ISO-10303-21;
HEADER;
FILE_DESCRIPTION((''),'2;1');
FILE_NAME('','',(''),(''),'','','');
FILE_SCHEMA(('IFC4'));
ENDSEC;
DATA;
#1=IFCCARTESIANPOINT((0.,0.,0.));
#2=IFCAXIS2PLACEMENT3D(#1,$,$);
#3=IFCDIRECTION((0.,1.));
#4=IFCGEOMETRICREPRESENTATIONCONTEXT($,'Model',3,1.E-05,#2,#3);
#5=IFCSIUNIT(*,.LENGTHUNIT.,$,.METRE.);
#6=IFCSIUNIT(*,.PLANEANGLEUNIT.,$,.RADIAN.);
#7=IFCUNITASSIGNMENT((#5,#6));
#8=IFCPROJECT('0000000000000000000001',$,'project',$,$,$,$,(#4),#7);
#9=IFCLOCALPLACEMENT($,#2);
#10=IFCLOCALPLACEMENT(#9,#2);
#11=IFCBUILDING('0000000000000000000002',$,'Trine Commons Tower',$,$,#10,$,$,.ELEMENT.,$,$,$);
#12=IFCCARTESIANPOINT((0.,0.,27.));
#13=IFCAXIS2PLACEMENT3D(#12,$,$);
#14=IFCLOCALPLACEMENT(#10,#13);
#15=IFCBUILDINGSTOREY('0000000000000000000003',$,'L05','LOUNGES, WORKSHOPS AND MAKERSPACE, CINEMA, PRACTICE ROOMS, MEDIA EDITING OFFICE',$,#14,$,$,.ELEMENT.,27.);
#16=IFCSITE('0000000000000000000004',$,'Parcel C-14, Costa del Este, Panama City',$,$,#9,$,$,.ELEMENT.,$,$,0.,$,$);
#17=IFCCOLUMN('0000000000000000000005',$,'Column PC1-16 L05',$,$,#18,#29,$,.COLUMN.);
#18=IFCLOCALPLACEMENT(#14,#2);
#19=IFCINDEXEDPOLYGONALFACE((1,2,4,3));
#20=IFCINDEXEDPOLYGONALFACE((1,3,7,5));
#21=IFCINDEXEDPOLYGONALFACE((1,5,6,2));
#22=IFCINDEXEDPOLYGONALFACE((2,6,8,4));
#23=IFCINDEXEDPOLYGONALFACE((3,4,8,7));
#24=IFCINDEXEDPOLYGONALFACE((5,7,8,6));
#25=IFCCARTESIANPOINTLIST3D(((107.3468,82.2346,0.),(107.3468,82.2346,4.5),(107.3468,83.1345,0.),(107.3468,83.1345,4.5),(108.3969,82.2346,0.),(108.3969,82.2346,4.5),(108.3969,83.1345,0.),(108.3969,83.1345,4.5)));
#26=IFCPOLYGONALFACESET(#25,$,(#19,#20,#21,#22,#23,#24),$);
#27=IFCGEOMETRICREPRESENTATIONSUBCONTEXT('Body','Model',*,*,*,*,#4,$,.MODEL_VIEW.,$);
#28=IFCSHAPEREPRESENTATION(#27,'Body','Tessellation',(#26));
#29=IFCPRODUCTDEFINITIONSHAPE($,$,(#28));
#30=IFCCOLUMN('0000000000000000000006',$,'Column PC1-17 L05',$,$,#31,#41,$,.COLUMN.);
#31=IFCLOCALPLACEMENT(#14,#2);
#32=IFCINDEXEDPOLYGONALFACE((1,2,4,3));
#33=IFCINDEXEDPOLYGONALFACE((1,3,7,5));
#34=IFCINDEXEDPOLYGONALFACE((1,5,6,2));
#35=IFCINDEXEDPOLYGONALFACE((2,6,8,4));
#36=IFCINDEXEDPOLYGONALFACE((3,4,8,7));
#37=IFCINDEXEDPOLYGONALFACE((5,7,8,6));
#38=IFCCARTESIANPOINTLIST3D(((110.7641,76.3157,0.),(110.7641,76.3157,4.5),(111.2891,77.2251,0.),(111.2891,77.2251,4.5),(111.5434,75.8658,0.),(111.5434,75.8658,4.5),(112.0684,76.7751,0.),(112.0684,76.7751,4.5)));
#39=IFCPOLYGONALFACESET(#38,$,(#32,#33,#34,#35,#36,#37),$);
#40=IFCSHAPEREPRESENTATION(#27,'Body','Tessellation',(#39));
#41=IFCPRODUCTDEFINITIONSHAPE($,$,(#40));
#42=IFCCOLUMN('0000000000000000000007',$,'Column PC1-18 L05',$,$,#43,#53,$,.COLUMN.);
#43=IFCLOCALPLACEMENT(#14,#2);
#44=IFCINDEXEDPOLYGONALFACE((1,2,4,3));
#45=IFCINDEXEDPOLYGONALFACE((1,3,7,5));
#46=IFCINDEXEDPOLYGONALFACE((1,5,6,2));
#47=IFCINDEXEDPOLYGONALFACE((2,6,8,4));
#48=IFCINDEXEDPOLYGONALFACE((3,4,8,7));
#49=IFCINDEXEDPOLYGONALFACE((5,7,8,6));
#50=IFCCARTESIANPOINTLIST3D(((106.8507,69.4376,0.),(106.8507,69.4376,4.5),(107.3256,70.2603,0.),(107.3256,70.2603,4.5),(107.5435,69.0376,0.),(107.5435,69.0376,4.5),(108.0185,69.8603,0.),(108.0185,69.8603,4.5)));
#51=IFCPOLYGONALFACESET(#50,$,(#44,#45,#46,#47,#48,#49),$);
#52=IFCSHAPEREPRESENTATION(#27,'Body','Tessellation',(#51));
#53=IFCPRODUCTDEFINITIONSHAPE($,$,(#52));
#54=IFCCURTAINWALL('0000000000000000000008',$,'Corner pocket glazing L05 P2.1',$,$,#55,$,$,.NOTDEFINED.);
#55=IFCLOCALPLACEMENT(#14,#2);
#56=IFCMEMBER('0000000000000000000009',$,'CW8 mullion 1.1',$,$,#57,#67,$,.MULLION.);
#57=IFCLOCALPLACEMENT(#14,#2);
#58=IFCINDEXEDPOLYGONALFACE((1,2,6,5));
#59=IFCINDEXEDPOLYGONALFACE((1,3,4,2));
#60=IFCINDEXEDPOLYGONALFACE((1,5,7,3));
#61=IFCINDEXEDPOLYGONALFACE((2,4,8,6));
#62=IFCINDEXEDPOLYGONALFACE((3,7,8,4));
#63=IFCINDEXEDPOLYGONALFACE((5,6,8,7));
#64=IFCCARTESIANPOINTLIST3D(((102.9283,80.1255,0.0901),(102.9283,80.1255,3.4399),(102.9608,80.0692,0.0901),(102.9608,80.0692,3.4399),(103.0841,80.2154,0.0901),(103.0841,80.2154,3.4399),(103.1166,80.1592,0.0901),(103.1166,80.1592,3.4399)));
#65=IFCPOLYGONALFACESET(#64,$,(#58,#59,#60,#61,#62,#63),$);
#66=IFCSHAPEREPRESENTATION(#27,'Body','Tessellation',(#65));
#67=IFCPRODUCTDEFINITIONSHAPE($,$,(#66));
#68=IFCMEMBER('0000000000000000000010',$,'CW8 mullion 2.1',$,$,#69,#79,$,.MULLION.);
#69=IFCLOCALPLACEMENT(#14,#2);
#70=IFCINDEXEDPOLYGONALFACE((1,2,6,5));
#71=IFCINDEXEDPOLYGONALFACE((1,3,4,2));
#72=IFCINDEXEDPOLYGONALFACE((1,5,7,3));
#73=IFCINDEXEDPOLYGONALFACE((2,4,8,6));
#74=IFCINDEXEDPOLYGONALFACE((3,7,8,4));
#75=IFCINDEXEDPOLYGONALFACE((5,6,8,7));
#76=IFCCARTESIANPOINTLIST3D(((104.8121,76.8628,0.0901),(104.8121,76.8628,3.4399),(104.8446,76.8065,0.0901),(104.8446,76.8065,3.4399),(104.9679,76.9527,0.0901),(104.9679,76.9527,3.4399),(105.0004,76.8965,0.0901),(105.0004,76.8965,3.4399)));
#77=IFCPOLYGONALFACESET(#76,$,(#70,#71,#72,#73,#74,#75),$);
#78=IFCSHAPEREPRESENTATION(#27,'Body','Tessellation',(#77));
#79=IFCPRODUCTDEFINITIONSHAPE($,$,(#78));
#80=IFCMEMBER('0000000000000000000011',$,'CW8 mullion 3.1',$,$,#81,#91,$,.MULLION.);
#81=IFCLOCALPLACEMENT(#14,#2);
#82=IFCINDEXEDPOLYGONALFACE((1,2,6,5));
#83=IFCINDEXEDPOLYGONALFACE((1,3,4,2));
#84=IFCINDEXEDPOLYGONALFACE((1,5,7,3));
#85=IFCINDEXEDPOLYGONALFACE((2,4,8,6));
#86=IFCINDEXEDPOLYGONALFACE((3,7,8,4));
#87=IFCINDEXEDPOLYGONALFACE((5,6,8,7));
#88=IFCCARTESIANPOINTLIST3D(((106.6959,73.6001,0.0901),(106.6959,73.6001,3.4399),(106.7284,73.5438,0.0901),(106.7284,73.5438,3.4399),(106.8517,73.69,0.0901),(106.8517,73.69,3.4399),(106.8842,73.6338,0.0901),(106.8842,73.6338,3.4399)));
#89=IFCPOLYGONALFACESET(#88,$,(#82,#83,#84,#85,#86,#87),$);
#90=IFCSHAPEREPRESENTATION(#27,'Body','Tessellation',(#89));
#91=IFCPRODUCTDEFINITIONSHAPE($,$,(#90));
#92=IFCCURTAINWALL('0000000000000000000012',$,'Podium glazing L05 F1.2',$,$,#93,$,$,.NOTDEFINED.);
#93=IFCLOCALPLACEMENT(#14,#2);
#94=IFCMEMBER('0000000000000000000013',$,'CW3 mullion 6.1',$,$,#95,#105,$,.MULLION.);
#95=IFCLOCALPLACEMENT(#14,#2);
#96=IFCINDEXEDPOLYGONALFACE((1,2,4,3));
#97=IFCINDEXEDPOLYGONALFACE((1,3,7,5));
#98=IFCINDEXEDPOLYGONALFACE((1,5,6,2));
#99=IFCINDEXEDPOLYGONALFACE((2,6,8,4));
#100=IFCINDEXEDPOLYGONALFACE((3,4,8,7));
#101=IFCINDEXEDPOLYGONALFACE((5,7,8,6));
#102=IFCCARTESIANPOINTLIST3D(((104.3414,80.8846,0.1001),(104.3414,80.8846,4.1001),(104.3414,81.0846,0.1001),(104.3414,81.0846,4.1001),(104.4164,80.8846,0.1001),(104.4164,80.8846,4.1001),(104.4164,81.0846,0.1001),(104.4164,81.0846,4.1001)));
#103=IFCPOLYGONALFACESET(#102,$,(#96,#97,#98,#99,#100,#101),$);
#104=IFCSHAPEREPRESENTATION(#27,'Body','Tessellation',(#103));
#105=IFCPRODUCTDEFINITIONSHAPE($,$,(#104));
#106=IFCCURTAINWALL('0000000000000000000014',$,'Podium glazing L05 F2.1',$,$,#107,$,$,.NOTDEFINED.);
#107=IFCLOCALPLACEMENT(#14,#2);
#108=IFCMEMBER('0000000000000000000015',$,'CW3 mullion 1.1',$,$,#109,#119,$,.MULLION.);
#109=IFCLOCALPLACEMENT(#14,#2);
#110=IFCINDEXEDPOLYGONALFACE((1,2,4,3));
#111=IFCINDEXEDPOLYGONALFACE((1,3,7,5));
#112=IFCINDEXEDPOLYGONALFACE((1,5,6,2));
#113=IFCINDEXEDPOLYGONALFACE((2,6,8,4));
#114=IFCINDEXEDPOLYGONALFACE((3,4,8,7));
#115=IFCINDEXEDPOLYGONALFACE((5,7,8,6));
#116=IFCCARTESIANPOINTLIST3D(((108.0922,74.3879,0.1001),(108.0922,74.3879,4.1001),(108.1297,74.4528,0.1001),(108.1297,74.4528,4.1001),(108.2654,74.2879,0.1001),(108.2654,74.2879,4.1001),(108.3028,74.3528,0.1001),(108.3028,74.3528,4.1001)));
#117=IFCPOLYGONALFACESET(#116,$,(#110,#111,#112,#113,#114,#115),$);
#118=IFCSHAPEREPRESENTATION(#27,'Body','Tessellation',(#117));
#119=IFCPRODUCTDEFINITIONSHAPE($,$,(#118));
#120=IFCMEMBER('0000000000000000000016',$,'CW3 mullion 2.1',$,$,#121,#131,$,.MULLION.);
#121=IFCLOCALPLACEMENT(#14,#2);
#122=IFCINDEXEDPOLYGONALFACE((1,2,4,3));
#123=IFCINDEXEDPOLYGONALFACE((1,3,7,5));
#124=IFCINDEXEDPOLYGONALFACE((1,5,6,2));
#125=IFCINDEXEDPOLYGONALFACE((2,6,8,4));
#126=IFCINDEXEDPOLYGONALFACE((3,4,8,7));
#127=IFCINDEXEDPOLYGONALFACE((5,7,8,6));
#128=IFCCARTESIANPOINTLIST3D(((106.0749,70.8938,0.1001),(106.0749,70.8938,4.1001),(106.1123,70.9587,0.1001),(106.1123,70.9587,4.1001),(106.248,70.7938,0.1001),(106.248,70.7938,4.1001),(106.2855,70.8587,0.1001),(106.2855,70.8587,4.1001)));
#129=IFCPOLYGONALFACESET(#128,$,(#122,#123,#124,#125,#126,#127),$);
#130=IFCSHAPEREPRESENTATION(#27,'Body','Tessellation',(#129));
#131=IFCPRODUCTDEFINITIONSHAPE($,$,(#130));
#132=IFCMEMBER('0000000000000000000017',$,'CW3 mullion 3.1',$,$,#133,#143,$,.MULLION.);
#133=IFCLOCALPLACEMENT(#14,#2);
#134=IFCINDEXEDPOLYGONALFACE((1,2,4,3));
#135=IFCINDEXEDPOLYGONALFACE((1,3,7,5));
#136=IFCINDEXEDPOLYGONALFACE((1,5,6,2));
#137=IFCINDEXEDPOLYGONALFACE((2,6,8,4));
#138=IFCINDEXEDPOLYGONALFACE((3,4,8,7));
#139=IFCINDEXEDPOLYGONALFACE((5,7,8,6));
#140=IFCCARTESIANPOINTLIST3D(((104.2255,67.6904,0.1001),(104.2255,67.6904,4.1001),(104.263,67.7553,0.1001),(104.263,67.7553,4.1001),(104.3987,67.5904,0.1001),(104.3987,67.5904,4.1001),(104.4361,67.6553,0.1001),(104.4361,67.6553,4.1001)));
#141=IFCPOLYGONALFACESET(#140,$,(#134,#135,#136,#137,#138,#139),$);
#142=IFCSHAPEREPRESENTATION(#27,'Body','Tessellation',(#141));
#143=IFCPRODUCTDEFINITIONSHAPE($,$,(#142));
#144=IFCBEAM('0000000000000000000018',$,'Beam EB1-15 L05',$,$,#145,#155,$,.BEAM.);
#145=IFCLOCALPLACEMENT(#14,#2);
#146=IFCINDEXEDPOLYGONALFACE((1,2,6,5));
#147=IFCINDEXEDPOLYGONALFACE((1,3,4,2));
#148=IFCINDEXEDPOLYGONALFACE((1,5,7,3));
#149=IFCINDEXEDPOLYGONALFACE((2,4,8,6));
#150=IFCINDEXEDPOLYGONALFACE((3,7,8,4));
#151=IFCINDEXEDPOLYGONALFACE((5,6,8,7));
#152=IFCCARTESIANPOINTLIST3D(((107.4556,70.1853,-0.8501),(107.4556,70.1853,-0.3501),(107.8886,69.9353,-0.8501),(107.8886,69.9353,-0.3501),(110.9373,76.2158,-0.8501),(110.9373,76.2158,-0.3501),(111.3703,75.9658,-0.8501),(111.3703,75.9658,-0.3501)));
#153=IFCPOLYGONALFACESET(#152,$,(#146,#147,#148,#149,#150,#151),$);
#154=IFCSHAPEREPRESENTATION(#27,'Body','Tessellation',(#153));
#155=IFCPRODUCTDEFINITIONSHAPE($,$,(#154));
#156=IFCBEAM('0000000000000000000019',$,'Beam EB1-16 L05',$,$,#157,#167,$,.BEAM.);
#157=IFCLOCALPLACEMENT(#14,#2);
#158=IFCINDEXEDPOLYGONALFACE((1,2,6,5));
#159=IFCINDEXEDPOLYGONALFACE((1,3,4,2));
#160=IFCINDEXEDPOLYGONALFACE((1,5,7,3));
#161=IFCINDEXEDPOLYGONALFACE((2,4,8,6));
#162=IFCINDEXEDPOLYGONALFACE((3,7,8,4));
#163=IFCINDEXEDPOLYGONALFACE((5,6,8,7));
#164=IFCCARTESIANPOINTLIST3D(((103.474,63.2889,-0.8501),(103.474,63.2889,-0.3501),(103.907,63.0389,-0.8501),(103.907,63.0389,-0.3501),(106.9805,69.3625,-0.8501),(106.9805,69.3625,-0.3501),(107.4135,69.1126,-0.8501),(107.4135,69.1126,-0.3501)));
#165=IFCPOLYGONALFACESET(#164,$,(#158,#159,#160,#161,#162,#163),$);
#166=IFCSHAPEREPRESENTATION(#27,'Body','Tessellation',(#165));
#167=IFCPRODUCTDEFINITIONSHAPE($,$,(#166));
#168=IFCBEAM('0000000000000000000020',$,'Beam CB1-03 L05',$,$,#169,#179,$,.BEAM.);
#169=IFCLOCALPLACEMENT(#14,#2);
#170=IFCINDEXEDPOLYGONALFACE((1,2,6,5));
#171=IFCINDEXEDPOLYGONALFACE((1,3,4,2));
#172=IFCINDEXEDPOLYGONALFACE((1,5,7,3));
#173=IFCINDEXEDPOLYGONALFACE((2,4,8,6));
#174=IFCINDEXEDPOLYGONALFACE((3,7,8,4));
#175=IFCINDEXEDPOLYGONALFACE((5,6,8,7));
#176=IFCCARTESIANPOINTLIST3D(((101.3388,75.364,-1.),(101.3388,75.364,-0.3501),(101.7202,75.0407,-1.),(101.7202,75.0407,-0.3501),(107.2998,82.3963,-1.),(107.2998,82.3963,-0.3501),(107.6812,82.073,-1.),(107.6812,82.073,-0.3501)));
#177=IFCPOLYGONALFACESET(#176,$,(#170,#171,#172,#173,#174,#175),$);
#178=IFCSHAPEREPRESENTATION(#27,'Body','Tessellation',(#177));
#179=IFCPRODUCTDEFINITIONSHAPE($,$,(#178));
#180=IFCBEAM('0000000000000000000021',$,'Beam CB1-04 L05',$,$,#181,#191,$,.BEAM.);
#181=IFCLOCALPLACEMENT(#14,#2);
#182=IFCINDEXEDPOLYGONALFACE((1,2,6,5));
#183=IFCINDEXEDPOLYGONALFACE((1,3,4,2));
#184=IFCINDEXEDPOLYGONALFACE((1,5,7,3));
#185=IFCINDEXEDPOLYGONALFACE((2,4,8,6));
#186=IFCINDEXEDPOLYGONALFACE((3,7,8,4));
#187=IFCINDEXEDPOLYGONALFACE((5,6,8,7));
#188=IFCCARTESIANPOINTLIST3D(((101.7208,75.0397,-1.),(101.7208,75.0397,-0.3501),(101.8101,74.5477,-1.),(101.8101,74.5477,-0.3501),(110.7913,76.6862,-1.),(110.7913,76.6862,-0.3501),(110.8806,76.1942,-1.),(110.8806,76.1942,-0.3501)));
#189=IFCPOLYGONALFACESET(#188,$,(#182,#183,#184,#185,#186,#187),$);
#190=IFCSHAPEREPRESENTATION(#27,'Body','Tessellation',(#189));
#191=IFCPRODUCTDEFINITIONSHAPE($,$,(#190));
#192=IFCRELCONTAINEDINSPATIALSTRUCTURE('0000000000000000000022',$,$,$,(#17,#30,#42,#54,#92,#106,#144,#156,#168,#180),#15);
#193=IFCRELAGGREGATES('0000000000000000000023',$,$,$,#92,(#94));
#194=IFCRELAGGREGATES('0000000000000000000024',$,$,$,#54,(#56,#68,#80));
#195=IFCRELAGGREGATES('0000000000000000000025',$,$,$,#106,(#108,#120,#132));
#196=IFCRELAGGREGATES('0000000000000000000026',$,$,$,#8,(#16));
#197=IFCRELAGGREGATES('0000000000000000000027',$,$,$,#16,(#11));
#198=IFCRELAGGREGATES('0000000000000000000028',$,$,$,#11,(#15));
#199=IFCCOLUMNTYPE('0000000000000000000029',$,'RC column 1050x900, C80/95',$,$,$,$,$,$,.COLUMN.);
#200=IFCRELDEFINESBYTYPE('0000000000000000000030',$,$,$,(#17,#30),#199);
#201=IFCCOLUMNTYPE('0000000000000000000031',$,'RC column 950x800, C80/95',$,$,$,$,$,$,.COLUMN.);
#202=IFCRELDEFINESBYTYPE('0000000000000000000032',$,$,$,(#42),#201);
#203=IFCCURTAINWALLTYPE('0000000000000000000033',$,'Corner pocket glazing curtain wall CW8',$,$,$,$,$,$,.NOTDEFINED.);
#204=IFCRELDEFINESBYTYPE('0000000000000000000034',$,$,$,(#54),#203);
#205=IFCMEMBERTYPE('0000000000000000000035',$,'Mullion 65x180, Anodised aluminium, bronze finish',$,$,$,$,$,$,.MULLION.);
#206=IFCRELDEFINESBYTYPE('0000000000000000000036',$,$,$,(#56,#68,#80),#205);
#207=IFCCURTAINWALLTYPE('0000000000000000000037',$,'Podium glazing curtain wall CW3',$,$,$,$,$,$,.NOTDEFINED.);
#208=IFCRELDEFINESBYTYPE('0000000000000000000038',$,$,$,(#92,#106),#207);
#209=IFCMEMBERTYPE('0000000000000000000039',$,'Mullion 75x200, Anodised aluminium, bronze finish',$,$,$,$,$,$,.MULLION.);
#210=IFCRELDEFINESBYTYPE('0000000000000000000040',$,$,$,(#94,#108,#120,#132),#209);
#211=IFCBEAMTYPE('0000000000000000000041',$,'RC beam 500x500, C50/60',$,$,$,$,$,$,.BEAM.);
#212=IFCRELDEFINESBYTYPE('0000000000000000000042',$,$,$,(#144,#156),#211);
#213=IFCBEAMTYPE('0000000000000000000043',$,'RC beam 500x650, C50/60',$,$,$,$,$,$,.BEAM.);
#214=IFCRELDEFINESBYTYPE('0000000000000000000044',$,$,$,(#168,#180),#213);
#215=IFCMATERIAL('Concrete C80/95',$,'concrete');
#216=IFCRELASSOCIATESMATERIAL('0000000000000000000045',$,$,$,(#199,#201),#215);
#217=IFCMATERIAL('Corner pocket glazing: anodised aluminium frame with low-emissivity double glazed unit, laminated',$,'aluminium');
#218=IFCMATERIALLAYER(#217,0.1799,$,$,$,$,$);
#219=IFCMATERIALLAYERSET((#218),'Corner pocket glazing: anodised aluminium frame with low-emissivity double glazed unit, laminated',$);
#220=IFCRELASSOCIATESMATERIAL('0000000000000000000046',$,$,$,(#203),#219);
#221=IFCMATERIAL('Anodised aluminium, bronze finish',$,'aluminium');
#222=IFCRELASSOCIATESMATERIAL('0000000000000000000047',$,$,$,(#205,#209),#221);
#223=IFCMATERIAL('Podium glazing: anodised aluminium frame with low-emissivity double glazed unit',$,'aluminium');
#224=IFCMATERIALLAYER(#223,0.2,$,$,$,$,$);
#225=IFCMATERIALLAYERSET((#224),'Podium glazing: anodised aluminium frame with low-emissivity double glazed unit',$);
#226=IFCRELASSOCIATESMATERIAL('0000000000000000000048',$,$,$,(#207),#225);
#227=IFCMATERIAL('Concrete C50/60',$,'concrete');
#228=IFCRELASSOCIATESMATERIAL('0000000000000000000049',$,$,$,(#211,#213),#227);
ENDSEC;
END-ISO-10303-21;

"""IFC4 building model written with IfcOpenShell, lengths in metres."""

from ifc_helpers import new_model, si_unit, direction, frame, origin, origin_2d, place, context, subcontext, project, spatial, rectangle, extrude, material, layer, layer_set, material_profile, profile_set, type_object, element, aggregate, save


model = new_model("IFC4")

# Units and contexts
model_context = context("Model", 3, precision=1e-05, world=origin(), true_north=direction((0.0, 1.0)))
body_context = subcontext(model_context, "Body", "Model", "MODEL_VIEW")
ifc_project = project(units=[si_unit("LENGTHUNIT", "METRE"), si_unit("PLANEANGLEUNIT", "RADIAN")], contexts=[model_context])

# Site, building, storey
site_placement = place(None, origin())
site = spatial("IfcSite", under=ifc_project, at=site_placement, Name="Parcel C-14, Costa del Este, Panama City", CompositionType="ELEMENT", RefElevation=0.0)
building_placement = place(site_placement, origin())
building = spatial("IfcBuilding", under=site, at=building_placement, Name="Trine Commons Tower", CompositionType="ELEMENT")
storey_placement = place(building_placement, frame((0.0, 0.0, 27.0)))
storey = spatial("IfcBuildingStorey", under=building, at=storey_placement, Name="L05", Description="LOUNGES, WORKSHOPS AND MAKERSPACE, CINEMA, PRACTICE ROOMS, MEDIA EDITING OFFICE", CompositionType="ELEMENT", Elevation=27.0)

# Columns
ifc_material_1 = material(Name="Concrete C80/95", Category="concrete")
ifc_material_profile_1 = material_profile(ifc_material_1, rectangle(XDim=1.05, YDim=0.8999, at=origin_2d()), Name="RC 1050x900")
ifc_profile_set_1 = profile_set([ifc_material_profile_1], Name="Concrete C80/95")
column_type_1 = type_object("IfcColumnType", Name="RC column 1050x900, C80/95", PredefinedType="COLUMN", material=ifc_profile_set_1)
for number, where, z_axis, x_axis, name in (
    (1, (107.8718, 82.6846, 0.0), (0.0, 0.0, 1.0), (1.0, 0.0, 0.0), "Column PC1-16 L05"),
    (2, (111.4163, 76.5454, 0.0), (0.0, 0.0, 1.0), (0.5, 0.866025, 0.0), "Column PC1-17 L05"),
):
    element("IfcColumn", number, at=place(storey_placement, frame(where, z_axis=z_axis, x_axis=x_axis)), inside=storey, type_object=column_type_1, Name=name, PredefinedType="COLUMN", context=body_context, shape_type="SweptSolid", body=[
        extrude(rectangle(XDim=1.05, YDim=0.8999, at=origin_2d()), origin(), (0.0, 0.0, 1.0), 4.5),
    ])
ifc_material_profile_2 = material_profile(ifc_material_1, rectangle(XDim=0.95, YDim=0.8, at=origin_2d()), Name="RC 950x800")
ifc_profile_set_2 = profile_set([ifc_material_profile_2], Name="Concrete C80/95")
column_type_2 = type_object("IfcColumnType", Name="RC column 950x800, C80/95", PredefinedType="COLUMN", material=ifc_profile_set_2)
column_placement = place(storey_placement, frame((107.4346, 69.6489, 0.0), z_axis=(0.0, 0.0, 1.0), x_axis=(0.5, 0.866025, 0.0)))
element("IfcColumn", 3, at=column_placement, inside=storey, type_object=column_type_2, Name="Column PC1-18 L05", PredefinedType="COLUMN", context=body_context, shape_type="SweptSolid", body=[
    extrude(rectangle(XDim=0.95, YDim=0.8, at=origin_2d()), origin(), (0.0, 0.0, 1.0), 4.5),
])

# Curtain wall, members
ifc_material_2 = material(Name="Corner pocket glazing: anodised aluminium frame with low-emissivity double glazed unit, laminated", Category="aluminium")
ifc_layer_1 = layer(ifc_material_2, 0.1799)
ifc_layer_set_1 = layer_set([ifc_layer_1], Name="Corner pocket glazing: anodised aluminium frame with low-emissivity double glazed unit, laminated")
curtain_wall_type_1 = type_object("IfcCurtainWallType", Name="Corner pocket glazing curtain wall CW8", PredefinedType="NOTDEFINED", material=ifc_layer_set_1)
curtain_wall_1_placement = place(storey_placement, origin())
curtain_wall_1 = element("IfcCurtainWall", 4, at=curtain_wall_1_placement, inside=storey, type_object=curtain_wall_type_1, Name="Corner pocket glazing L05 P2.1", PredefinedType="NOTDEFINED")
ifc_material_3 = material(Name="Anodised aluminium, bronze finish", Category="aluminium")
ifc_material_profile_3 = material_profile(ifc_material_3, rectangle(XDim=0.1799, YDim=0.0649, at=origin_2d()), Name="Mullion 65x180")
ifc_profile_set_3 = profile_set([ifc_material_profile_3], Name="Anodised aluminium, bronze finish")
member_type_1 = type_object("IfcMemberType", Name="Mullion 65x180, Anodised aluminium, bronze finish", PredefinedType="MULLION", material=ifc_profile_set_3)
member_1_placement = place(storey_placement, frame((103.0225, 80.1423, 0.0901), z_axis=(0.0, 0.0, 1.0), x_axis=(0.866025, 0.5, 0.0)))
member_1 = element("IfcMember", 5, at=member_1_placement, type_object=member_type_1, Name="CW8 mullion 1.1", PredefinedType="MULLION", context=body_context, shape_type="SweptSolid", body=[
    extrude(rectangle(XDim=0.1799, YDim=0.0649, at=origin_2d()), origin(), (0.0, 0.0, 1.0), 3.3499),
])
member_2_placement = place(storey_placement, frame((104.9062, 76.8796, 0.0901), z_axis=(0.0, 0.0, 1.0), x_axis=(0.866025, 0.5, 0.0)))
member_2 = element("IfcMember", 6, at=member_2_placement, type_object=member_type_1, Name="CW8 mullion 2.1", PredefinedType="MULLION", context=body_context, shape_type="SweptSolid", body=[
    extrude(rectangle(XDim=0.1799, YDim=0.0649, at=origin_2d()), origin(), (0.0, 0.0, 1.0), 3.3499),
])
member_3_placement = place(storey_placement, frame((106.79, 73.6169, 0.0901), z_axis=(0.0, 0.0, 1.0), x_axis=(0.866025, 0.5, 0.0)))
member_3 = element("IfcMember", 7, at=member_3_placement, type_object=member_type_1, Name="CW8 mullion 3.1", PredefinedType="MULLION", context=body_context, shape_type="SweptSolid", body=[
    extrude(rectangle(XDim=0.1799, YDim=0.0649, at=origin_2d()), origin(), (0.0, 0.0, 1.0), 3.3499),
])

# Curtain wall, member
ifc_material_4 = material(Name="Podium glazing: anodised aluminium frame with low-emissivity double glazed unit", Category="aluminium")
ifc_layer_2 = layer(ifc_material_4, 0.2)
ifc_layer_set_2 = layer_set([ifc_layer_2], Name="Podium glazing: anodised aluminium frame with low-emissivity double glazed unit")
curtain_wall_type_2 = type_object("IfcCurtainWallType", Name="Podium glazing curtain wall CW3", PredefinedType="NOTDEFINED", material=ifc_layer_set_2)
curtain_wall_2_placement = place(storey_placement, origin())
curtain_wall_2 = element("IfcCurtainWall", 8, at=curtain_wall_2_placement, inside=storey, type_object=curtain_wall_type_2, Name="Podium glazing L05 F1.2", PredefinedType="NOTDEFINED")
ifc_material_profile_4 = material_profile(ifc_material_3, rectangle(XDim=0.2, YDim=0.075, at=origin_2d()), Name="Mullion 75x200")
ifc_profile_set_4 = profile_set([ifc_material_profile_4], Name="Anodised aluminium, bronze finish")
member_type_2 = type_object("IfcMemberType", Name="Mullion 75x200, Anodised aluminium, bronze finish", PredefinedType="MULLION", material=ifc_profile_set_4)
member_4_placement = place(storey_placement, frame((104.3789, 80.9846, 0.1001), z_axis=(0.0, 0.0, 1.0), x_axis=(0.0, 1.0, 0.0)))
member_4 = element("IfcMember", 9, at=member_4_placement, type_object=member_type_2, Name="CW3 mullion 6.1", PredefinedType="MULLION", context=body_context, shape_type="SweptSolid", body=[
    extrude(rectangle(XDim=0.2, YDim=0.075, at=origin_2d()), origin(), (0.0, 0.0, 1.0), 4.0),
])
aggregate(curtain_wall_2, [member_4])

# Curtain wall, members
curtain_wall_3_placement = place(storey_placement, origin())
curtain_wall_3 = element("IfcCurtainWall", 10, at=curtain_wall_3_placement, inside=storey, type_object=curtain_wall_type_2, Name="Podium glazing L05 F2.1", PredefinedType="NOTDEFINED")
member_5_placement = place(storey_placement, frame((108.1975, 74.3704, 0.1001), z_axis=(0.0, 0.0, 1.0), x_axis=(0.866025, -0.5, 0.0)))
member_5 = element("IfcMember", 11, at=member_5_placement, type_object=member_type_2, Name="CW3 mullion 1.1", PredefinedType="MULLION", context=body_context, shape_type="SweptSolid", body=[
    extrude(rectangle(XDim=0.2, YDim=0.075, at=origin_2d()), origin(), (0.0, 0.0, 1.0), 4.0),
])
member_6_placement = place(storey_placement, frame((106.1802, 70.8762, 0.1001), z_axis=(0.0, 0.0, 1.0), x_axis=(0.866025, -0.5, 0.0)))
member_6 = element("IfcMember", 12, at=member_6_placement, type_object=member_type_2, Name="CW3 mullion 2.1", PredefinedType="MULLION", context=body_context, shape_type="SweptSolid", body=[
    extrude(rectangle(XDim=0.2, YDim=0.075, at=origin_2d()), origin(), (0.0, 0.0, 1.0), 4.0),
])
member_7_placement = place(storey_placement, frame((104.3308, 67.6729, 0.1001), z_axis=(0.0, 0.0, 1.0), x_axis=(0.866025, -0.5, 0.0)))
member_7 = element("IfcMember", 13, at=member_7_placement, type_object=member_type_2, Name="CW3 mullion 3.1", PredefinedType="MULLION", context=body_context, shape_type="SweptSolid", body=[
    extrude(rectangle(XDim=0.2, YDim=0.075, at=origin_2d()), origin(), (0.0, 0.0, 1.0), 4.0),
])

# Beams
ifc_material_5 = material(Name="Concrete C50/60", Category="concrete")
ifc_material_profile_5 = material_profile(ifc_material_5, rectangle(XDim=0.5, YDim=0.5, at=origin_2d()), Name="RC 500x500")
ifc_profile_set_5 = profile_set([ifc_material_profile_5], Name="Concrete C50/60")
beam_type_1 = type_object("IfcBeamType", Name="RC beam 500x500, C50/60", PredefinedType="BEAM", material=ifc_profile_set_5)
beam_1_placement = place(storey_placement, frame((111.1538, 76.0908, -0.6001), z_axis=(-0.499997, -0.866027, 0.0), x_axis=(0.866027, -0.499997, 0.0)))
element("IfcBeam", 14, at=beam_1_placement, inside=storey, type_object=beam_type_1, Name="Beam EB1-15 L05", PredefinedType="BEAM", context=body_context, shape_type="SweptSolid", body=[
    extrude(rectangle(XDim=0.5, YDim=0.5, at=origin_2d()), origin(), (0.0, 0.0, 1.0), 6.9634),
])
beam_2_placement = place(storey_placement, frame((107.197, 69.2375, -0.6001), z_axis=(-0.499992, -0.86603, 0.0), x_axis=(0.86603, -0.499992, 0.0)))
element("IfcBeam", 15, at=beam_2_placement, inside=storey, type_object=beam_type_1, Name="Beam EB1-16 L05", PredefinedType="BEAM", context=body_context, shape_type="SweptSolid", body=[
    extrude(rectangle(XDim=0.5, YDim=0.5, at=origin_2d()), origin(), (0.0, 0.0, 1.0), 7.0132),
])
ifc_material_profile_6 = material_profile(ifc_material_5, rectangle(XDim=0.5, YDim=0.6499, at=origin_2d()), Name="RC 500x650")
ifc_profile_set_6 = profile_set([ifc_material_profile_6], Name="Concrete C50/60")
beam_type_2 = type_object("IfcBeamType", Name="RC beam 500x650, C50/60", PredefinedType="BEAM", material=ifc_profile_set_6)
for number, where, z_axis, x_axis, name in (
    (16, (107.4905, 82.2346, -0.675), (-0.646612, -0.762819, 0.0), (0.762819, -0.646612, 0.0), "Beam CB1-03 L05"),
    (17, (110.8359, 76.4402, -0.675), (-0.983922, -0.178601, 0.0), (0.178601, -0.983922, 0.0), "Beam CB1-04 L05"),
):
    element("IfcBeam", number, at=place(storey_placement, frame(where, z_axis=z_axis, x_axis=x_axis)), inside=storey, type_object=beam_type_2, Name=name, PredefinedType="BEAM", context=body_context, shape_type="SweptSolid", body=[
        extrude(rectangle(XDim=0.5, YDim=0.6499, at=origin_2d()), origin(), (0.0, 0.0, 1.0), 9.2188),
    ])

aggregate(curtain_wall_1, [member_1, member_2, member_3])
aggregate(curtain_wall_3, [member_5, member_6, member_7])

save(model, "model.ifc")
